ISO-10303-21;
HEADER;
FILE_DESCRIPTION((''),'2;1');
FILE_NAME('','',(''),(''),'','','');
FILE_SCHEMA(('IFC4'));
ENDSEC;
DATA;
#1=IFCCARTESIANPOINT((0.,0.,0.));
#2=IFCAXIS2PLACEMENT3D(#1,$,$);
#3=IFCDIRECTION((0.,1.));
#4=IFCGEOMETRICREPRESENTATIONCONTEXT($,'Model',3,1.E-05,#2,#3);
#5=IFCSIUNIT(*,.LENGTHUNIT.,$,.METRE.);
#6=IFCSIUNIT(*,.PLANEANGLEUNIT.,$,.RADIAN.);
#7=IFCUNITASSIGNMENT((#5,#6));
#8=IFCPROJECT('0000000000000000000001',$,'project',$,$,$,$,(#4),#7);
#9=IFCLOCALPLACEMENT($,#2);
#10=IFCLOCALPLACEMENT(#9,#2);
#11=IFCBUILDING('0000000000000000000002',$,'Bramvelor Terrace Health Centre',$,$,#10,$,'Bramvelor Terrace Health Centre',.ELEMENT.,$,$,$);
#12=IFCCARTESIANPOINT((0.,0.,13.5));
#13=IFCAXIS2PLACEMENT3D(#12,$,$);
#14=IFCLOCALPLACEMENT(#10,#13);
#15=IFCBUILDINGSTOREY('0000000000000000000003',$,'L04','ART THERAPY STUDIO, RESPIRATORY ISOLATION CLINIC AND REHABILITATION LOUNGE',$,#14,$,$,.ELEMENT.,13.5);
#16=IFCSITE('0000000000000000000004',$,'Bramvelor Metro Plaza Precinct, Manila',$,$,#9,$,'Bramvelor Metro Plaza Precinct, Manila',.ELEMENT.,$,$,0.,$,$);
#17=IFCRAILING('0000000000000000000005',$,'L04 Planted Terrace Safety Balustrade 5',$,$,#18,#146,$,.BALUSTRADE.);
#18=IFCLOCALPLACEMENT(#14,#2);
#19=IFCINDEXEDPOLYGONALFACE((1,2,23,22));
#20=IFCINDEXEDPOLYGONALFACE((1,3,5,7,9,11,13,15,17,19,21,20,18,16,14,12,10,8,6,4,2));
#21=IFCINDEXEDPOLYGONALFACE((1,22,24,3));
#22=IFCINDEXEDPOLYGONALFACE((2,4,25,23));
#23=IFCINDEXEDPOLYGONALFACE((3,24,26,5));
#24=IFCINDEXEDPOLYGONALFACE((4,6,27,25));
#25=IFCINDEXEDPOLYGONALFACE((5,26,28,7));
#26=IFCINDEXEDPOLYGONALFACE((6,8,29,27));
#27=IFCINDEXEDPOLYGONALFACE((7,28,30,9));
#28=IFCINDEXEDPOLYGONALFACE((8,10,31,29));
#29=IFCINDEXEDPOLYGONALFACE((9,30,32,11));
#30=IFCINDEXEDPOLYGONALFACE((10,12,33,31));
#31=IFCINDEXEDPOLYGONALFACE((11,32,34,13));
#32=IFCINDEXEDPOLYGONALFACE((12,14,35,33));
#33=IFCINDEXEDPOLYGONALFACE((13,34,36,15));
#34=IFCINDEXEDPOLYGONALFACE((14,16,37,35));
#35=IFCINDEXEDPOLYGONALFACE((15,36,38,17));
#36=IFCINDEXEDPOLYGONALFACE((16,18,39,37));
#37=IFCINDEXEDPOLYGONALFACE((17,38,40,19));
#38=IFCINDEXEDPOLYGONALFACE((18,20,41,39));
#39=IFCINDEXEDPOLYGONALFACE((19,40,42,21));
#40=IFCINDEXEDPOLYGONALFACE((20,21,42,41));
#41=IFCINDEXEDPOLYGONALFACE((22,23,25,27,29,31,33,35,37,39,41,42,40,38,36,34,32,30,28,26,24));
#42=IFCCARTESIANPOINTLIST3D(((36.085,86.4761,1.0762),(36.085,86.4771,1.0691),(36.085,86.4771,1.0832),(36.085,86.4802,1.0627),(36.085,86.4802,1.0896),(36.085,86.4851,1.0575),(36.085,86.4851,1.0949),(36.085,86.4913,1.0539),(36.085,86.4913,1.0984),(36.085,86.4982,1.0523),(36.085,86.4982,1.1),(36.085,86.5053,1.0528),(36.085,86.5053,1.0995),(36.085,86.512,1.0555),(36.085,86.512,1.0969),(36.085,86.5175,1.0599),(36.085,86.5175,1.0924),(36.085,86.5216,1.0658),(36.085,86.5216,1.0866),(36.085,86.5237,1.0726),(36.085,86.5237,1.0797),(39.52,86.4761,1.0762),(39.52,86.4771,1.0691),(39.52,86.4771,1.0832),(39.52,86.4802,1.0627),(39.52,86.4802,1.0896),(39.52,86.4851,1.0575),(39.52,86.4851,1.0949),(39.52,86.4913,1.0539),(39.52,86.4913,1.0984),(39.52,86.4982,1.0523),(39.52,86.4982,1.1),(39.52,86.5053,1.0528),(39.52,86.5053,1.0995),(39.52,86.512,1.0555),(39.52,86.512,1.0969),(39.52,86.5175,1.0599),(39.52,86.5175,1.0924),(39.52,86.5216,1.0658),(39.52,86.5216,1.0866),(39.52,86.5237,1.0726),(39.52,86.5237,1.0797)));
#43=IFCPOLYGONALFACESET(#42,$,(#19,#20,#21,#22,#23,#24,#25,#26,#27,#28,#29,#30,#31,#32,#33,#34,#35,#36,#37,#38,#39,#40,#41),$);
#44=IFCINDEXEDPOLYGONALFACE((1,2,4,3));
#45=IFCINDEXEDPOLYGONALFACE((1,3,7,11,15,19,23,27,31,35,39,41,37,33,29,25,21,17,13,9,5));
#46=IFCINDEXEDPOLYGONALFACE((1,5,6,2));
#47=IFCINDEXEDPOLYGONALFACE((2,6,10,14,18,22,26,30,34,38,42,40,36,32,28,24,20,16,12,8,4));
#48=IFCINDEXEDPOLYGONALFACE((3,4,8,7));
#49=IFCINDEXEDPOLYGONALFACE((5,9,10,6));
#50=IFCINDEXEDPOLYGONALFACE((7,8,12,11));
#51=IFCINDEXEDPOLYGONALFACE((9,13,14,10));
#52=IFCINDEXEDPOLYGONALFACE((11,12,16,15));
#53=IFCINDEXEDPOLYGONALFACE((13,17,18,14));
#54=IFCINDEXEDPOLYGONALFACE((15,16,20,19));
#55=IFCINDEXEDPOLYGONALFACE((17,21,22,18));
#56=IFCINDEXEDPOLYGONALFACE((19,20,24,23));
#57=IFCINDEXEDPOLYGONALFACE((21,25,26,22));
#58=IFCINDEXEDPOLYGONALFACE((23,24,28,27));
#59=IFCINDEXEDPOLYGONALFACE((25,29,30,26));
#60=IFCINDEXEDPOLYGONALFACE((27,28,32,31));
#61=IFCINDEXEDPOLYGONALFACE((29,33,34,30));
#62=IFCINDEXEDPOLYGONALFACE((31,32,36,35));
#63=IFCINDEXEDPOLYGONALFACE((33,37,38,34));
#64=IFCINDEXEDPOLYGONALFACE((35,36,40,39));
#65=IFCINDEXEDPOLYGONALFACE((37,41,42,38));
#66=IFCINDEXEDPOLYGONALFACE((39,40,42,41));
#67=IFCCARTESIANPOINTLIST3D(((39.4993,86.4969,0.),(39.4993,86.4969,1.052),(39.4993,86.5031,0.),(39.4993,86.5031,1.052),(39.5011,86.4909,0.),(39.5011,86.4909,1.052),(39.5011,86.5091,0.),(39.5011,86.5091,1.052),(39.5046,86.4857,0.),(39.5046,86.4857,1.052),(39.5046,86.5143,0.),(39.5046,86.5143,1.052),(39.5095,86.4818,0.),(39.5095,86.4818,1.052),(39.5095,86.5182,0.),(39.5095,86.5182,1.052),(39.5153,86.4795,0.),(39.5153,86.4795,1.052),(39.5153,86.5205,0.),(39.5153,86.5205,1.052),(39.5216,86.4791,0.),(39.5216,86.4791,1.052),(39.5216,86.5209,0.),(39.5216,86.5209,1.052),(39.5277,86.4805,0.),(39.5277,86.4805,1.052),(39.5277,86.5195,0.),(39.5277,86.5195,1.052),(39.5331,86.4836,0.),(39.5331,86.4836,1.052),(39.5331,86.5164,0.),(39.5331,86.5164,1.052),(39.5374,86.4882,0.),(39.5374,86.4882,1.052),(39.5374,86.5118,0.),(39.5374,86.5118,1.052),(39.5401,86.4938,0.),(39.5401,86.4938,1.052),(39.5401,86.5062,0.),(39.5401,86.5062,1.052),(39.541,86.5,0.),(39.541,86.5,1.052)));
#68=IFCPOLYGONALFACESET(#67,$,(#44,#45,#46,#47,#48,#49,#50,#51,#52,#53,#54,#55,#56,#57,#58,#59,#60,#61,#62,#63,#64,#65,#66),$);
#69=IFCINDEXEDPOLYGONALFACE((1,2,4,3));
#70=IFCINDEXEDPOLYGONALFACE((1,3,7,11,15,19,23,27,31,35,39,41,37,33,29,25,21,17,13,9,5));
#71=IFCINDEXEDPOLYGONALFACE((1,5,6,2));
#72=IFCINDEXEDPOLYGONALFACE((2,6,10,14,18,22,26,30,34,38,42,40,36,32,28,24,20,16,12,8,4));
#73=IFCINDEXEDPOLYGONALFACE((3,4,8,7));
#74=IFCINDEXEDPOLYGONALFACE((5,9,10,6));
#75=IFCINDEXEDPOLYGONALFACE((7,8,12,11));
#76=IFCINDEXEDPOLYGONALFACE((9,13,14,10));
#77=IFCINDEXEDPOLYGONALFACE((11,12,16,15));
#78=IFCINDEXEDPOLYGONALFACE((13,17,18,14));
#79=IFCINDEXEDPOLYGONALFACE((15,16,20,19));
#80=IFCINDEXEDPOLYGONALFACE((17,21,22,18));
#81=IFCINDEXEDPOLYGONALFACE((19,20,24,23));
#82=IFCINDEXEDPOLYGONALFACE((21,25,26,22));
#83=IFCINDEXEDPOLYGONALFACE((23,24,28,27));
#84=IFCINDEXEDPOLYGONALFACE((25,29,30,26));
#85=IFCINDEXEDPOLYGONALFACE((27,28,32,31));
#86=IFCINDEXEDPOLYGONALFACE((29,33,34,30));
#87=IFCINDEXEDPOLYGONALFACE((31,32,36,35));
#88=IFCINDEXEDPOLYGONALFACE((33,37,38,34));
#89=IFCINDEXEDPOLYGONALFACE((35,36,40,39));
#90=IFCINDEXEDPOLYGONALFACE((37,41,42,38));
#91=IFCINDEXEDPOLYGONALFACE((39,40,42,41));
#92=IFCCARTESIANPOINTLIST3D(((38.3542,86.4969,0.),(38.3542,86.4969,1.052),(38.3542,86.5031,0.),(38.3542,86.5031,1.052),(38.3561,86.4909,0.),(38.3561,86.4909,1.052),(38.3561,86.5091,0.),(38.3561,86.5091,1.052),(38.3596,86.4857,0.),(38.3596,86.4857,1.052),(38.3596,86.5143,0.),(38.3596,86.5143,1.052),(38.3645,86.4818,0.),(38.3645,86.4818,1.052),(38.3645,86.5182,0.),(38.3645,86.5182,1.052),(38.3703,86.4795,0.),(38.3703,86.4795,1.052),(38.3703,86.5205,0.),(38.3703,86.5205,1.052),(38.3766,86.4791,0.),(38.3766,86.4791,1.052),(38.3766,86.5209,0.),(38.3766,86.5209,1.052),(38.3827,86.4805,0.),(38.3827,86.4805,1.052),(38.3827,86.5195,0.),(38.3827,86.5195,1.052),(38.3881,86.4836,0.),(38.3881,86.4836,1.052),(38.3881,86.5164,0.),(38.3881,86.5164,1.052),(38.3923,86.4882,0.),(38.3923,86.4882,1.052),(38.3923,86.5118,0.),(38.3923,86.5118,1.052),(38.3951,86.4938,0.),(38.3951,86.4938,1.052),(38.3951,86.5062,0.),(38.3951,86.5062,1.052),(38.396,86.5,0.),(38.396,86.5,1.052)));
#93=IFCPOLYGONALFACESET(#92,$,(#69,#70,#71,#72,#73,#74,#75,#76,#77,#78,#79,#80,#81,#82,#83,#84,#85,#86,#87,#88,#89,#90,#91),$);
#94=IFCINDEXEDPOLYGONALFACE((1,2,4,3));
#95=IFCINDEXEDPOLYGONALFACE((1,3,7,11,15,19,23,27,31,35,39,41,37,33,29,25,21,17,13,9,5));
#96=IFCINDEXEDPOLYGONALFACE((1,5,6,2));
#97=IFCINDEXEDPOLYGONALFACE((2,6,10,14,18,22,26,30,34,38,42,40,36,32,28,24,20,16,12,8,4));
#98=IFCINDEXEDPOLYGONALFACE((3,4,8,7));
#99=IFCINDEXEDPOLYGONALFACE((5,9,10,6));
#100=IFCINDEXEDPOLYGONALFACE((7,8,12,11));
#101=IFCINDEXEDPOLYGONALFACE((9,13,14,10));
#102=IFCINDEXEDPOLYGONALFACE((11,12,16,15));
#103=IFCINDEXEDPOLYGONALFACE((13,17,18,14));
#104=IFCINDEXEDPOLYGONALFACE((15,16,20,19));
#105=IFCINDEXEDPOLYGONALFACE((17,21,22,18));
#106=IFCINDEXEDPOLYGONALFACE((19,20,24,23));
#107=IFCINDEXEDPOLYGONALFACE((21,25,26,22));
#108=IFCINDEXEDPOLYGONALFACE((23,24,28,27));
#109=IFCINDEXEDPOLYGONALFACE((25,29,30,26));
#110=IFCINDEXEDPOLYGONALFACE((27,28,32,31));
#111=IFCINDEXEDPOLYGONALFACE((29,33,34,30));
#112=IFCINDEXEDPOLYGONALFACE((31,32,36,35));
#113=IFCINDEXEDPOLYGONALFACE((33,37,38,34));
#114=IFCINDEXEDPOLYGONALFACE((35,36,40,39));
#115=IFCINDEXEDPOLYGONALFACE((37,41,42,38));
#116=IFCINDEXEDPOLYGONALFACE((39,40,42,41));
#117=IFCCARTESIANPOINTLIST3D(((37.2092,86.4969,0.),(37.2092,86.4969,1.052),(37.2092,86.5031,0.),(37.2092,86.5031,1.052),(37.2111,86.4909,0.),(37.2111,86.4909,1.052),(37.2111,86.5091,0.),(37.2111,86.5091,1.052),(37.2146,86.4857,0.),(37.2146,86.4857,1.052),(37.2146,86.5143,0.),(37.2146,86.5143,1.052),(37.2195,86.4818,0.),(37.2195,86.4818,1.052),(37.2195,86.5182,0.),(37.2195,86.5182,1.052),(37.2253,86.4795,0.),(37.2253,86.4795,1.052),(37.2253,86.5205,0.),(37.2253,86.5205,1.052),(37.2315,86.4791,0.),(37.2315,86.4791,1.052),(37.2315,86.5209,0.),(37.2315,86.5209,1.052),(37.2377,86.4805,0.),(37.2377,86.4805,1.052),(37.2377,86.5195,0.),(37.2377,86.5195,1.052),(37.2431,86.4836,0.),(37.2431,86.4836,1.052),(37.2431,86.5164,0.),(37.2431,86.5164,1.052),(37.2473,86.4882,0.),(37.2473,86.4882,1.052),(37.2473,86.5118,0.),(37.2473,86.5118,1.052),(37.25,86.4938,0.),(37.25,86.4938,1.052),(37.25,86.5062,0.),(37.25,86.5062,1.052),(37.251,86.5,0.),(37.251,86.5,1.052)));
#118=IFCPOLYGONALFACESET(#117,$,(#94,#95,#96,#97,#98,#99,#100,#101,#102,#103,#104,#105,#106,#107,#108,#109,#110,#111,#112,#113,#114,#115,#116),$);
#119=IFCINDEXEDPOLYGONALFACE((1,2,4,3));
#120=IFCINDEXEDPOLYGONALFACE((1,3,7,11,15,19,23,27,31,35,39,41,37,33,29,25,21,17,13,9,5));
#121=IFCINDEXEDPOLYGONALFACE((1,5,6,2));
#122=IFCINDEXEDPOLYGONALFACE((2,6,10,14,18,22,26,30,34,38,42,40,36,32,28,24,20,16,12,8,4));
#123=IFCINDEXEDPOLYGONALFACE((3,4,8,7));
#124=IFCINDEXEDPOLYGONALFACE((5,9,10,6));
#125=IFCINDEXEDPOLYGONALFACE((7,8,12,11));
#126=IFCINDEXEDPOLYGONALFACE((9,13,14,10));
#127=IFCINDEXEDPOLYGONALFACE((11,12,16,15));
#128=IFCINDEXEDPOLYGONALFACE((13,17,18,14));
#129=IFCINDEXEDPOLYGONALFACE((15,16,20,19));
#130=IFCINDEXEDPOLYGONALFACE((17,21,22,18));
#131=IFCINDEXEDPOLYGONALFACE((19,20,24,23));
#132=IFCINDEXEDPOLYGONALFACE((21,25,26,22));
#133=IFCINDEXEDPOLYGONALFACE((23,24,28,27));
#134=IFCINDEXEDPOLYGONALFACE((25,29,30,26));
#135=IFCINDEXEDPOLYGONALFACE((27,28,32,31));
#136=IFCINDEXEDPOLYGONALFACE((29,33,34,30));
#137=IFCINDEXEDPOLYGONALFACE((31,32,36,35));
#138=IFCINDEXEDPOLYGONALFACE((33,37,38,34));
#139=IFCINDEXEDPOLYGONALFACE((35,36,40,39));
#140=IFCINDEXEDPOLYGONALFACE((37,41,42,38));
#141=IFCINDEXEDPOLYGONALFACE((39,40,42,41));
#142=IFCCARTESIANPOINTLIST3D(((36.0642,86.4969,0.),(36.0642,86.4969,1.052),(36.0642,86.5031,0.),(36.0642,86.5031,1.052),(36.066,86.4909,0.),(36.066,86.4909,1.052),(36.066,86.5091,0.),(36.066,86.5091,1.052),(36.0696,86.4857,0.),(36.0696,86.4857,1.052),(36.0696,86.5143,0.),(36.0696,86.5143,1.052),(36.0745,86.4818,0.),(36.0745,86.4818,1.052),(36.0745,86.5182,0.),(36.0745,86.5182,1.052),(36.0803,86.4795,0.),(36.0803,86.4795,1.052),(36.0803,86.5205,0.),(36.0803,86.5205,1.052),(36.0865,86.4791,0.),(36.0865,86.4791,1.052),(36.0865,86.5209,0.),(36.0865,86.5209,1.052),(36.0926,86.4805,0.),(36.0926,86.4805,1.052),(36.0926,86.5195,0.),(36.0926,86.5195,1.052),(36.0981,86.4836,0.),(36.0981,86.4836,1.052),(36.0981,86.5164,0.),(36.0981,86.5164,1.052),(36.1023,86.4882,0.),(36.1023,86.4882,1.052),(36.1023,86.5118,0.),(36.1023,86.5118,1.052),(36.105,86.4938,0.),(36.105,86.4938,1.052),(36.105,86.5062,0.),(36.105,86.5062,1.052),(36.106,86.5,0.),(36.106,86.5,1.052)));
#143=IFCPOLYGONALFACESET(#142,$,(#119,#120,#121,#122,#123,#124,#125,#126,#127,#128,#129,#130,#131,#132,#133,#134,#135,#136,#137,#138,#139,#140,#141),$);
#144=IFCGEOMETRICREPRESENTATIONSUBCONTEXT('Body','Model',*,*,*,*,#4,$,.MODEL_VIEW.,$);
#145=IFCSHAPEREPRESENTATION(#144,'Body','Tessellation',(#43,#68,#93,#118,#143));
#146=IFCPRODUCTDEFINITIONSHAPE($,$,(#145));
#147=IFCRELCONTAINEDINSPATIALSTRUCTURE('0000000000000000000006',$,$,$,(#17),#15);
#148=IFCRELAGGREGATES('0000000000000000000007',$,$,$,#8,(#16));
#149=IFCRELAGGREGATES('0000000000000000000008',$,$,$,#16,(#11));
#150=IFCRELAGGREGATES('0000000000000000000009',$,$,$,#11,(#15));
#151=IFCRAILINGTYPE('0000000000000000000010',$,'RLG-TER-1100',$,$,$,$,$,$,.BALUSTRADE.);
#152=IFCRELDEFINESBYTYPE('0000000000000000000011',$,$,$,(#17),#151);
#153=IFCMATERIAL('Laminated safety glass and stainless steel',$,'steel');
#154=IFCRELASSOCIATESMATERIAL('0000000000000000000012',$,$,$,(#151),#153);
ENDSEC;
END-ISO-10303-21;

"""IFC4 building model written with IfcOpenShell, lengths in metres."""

from ifc_helpers import new_model, si_unit, direction, frame, origin, origin_2d, place, context, subcontext, project, spatial, circle, extrude, material, type_object, element, save


model = new_model("IFC4")

# Units and contexts
model_context = context("Model", 3, precision=1e-05, world=origin(), true_north=direction((0.0, 1.0)))
body_context = subcontext(model_context, "Body", "Model", "MODEL_VIEW")
ifc_project = project(units=[si_unit("LENGTHUNIT", "METRE"), si_unit("PLANEANGLEUNIT", "RADIAN")], contexts=[model_context])

# Site, building, storey
site_placement = place(None, origin())
site = spatial("IfcSite", under=ifc_project, at=site_placement, Name="Bramvelor Metro Plaza Precinct, Manila", LongName="Bramvelor Metro Plaza Precinct, Manila", CompositionType="ELEMENT", RefElevation=0.0)
building_placement = place(site_placement, origin())
building = spatial("IfcBuilding", under=site, at=building_placement, Name="Bramvelor Terrace Health Centre", LongName="Bramvelor Terrace Health Centre", CompositionType="ELEMENT")
storey_placement = place(building_placement, frame((0.0, 0.0, 13.5)))
storey = spatial("IfcBuildingStorey", under=building, at=storey_placement, Name="L04", Description="ART THERAPY STUDIO, RESPIRATORY ISOLATION CLINIC AND REHABILITATION LOUNGE", CompositionType="ELEMENT", Elevation=13.5)

# Railing
ifc_material_1 = material(Name="Laminated safety glass and stainless steel", Category="steel")
railing_type = type_object("IfcRailingType", Name="RLG-TER-1100", PredefinedType="BALUSTRADE", material=ifc_material_1)
railing_placement = place(storey_placement, frame((39.52, 86.5, 0.0)))
element("IfcRailing", 1, at=railing_placement, inside=storey, type_object=railing_type, Name="L04 Planted Terrace Safety Balustrade 5", PredefinedType="BALUSTRADE", context=body_context, shape_type="SweptSolid", body=[
    extrude(circle(Radius=0.0239, at=origin_2d()), frame((0.0, 0.0, 1.0762), z_axis=(-1.0, 0.0, 0.0), x_axis=(0.0, -1.0, 0.0)), (0.0, 0.0, 1.0), 3.4351),
    extrude(circle(Radius=0.021, at=origin_2d()), origin(), (0.0, 0.0, 1.0), 1.052),
    extrude(circle(Radius=0.021, at=origin_2d()), frame((-1.145, 0.0, 0.0)), (0.0, 0.0, 1.0), 1.052),
    extrude(circle(Radius=0.021, at=origin_2d()), frame((-2.29, 0.0, 0.0)), (0.0, 0.0, 1.0), 1.052),
    extrude(circle(Radius=0.021, at=origin_2d()), frame((-3.4351, 0.0, 0.0)), (0.0, 0.0, 1.0), 1.052),
])

save(model, "model.ifc")
